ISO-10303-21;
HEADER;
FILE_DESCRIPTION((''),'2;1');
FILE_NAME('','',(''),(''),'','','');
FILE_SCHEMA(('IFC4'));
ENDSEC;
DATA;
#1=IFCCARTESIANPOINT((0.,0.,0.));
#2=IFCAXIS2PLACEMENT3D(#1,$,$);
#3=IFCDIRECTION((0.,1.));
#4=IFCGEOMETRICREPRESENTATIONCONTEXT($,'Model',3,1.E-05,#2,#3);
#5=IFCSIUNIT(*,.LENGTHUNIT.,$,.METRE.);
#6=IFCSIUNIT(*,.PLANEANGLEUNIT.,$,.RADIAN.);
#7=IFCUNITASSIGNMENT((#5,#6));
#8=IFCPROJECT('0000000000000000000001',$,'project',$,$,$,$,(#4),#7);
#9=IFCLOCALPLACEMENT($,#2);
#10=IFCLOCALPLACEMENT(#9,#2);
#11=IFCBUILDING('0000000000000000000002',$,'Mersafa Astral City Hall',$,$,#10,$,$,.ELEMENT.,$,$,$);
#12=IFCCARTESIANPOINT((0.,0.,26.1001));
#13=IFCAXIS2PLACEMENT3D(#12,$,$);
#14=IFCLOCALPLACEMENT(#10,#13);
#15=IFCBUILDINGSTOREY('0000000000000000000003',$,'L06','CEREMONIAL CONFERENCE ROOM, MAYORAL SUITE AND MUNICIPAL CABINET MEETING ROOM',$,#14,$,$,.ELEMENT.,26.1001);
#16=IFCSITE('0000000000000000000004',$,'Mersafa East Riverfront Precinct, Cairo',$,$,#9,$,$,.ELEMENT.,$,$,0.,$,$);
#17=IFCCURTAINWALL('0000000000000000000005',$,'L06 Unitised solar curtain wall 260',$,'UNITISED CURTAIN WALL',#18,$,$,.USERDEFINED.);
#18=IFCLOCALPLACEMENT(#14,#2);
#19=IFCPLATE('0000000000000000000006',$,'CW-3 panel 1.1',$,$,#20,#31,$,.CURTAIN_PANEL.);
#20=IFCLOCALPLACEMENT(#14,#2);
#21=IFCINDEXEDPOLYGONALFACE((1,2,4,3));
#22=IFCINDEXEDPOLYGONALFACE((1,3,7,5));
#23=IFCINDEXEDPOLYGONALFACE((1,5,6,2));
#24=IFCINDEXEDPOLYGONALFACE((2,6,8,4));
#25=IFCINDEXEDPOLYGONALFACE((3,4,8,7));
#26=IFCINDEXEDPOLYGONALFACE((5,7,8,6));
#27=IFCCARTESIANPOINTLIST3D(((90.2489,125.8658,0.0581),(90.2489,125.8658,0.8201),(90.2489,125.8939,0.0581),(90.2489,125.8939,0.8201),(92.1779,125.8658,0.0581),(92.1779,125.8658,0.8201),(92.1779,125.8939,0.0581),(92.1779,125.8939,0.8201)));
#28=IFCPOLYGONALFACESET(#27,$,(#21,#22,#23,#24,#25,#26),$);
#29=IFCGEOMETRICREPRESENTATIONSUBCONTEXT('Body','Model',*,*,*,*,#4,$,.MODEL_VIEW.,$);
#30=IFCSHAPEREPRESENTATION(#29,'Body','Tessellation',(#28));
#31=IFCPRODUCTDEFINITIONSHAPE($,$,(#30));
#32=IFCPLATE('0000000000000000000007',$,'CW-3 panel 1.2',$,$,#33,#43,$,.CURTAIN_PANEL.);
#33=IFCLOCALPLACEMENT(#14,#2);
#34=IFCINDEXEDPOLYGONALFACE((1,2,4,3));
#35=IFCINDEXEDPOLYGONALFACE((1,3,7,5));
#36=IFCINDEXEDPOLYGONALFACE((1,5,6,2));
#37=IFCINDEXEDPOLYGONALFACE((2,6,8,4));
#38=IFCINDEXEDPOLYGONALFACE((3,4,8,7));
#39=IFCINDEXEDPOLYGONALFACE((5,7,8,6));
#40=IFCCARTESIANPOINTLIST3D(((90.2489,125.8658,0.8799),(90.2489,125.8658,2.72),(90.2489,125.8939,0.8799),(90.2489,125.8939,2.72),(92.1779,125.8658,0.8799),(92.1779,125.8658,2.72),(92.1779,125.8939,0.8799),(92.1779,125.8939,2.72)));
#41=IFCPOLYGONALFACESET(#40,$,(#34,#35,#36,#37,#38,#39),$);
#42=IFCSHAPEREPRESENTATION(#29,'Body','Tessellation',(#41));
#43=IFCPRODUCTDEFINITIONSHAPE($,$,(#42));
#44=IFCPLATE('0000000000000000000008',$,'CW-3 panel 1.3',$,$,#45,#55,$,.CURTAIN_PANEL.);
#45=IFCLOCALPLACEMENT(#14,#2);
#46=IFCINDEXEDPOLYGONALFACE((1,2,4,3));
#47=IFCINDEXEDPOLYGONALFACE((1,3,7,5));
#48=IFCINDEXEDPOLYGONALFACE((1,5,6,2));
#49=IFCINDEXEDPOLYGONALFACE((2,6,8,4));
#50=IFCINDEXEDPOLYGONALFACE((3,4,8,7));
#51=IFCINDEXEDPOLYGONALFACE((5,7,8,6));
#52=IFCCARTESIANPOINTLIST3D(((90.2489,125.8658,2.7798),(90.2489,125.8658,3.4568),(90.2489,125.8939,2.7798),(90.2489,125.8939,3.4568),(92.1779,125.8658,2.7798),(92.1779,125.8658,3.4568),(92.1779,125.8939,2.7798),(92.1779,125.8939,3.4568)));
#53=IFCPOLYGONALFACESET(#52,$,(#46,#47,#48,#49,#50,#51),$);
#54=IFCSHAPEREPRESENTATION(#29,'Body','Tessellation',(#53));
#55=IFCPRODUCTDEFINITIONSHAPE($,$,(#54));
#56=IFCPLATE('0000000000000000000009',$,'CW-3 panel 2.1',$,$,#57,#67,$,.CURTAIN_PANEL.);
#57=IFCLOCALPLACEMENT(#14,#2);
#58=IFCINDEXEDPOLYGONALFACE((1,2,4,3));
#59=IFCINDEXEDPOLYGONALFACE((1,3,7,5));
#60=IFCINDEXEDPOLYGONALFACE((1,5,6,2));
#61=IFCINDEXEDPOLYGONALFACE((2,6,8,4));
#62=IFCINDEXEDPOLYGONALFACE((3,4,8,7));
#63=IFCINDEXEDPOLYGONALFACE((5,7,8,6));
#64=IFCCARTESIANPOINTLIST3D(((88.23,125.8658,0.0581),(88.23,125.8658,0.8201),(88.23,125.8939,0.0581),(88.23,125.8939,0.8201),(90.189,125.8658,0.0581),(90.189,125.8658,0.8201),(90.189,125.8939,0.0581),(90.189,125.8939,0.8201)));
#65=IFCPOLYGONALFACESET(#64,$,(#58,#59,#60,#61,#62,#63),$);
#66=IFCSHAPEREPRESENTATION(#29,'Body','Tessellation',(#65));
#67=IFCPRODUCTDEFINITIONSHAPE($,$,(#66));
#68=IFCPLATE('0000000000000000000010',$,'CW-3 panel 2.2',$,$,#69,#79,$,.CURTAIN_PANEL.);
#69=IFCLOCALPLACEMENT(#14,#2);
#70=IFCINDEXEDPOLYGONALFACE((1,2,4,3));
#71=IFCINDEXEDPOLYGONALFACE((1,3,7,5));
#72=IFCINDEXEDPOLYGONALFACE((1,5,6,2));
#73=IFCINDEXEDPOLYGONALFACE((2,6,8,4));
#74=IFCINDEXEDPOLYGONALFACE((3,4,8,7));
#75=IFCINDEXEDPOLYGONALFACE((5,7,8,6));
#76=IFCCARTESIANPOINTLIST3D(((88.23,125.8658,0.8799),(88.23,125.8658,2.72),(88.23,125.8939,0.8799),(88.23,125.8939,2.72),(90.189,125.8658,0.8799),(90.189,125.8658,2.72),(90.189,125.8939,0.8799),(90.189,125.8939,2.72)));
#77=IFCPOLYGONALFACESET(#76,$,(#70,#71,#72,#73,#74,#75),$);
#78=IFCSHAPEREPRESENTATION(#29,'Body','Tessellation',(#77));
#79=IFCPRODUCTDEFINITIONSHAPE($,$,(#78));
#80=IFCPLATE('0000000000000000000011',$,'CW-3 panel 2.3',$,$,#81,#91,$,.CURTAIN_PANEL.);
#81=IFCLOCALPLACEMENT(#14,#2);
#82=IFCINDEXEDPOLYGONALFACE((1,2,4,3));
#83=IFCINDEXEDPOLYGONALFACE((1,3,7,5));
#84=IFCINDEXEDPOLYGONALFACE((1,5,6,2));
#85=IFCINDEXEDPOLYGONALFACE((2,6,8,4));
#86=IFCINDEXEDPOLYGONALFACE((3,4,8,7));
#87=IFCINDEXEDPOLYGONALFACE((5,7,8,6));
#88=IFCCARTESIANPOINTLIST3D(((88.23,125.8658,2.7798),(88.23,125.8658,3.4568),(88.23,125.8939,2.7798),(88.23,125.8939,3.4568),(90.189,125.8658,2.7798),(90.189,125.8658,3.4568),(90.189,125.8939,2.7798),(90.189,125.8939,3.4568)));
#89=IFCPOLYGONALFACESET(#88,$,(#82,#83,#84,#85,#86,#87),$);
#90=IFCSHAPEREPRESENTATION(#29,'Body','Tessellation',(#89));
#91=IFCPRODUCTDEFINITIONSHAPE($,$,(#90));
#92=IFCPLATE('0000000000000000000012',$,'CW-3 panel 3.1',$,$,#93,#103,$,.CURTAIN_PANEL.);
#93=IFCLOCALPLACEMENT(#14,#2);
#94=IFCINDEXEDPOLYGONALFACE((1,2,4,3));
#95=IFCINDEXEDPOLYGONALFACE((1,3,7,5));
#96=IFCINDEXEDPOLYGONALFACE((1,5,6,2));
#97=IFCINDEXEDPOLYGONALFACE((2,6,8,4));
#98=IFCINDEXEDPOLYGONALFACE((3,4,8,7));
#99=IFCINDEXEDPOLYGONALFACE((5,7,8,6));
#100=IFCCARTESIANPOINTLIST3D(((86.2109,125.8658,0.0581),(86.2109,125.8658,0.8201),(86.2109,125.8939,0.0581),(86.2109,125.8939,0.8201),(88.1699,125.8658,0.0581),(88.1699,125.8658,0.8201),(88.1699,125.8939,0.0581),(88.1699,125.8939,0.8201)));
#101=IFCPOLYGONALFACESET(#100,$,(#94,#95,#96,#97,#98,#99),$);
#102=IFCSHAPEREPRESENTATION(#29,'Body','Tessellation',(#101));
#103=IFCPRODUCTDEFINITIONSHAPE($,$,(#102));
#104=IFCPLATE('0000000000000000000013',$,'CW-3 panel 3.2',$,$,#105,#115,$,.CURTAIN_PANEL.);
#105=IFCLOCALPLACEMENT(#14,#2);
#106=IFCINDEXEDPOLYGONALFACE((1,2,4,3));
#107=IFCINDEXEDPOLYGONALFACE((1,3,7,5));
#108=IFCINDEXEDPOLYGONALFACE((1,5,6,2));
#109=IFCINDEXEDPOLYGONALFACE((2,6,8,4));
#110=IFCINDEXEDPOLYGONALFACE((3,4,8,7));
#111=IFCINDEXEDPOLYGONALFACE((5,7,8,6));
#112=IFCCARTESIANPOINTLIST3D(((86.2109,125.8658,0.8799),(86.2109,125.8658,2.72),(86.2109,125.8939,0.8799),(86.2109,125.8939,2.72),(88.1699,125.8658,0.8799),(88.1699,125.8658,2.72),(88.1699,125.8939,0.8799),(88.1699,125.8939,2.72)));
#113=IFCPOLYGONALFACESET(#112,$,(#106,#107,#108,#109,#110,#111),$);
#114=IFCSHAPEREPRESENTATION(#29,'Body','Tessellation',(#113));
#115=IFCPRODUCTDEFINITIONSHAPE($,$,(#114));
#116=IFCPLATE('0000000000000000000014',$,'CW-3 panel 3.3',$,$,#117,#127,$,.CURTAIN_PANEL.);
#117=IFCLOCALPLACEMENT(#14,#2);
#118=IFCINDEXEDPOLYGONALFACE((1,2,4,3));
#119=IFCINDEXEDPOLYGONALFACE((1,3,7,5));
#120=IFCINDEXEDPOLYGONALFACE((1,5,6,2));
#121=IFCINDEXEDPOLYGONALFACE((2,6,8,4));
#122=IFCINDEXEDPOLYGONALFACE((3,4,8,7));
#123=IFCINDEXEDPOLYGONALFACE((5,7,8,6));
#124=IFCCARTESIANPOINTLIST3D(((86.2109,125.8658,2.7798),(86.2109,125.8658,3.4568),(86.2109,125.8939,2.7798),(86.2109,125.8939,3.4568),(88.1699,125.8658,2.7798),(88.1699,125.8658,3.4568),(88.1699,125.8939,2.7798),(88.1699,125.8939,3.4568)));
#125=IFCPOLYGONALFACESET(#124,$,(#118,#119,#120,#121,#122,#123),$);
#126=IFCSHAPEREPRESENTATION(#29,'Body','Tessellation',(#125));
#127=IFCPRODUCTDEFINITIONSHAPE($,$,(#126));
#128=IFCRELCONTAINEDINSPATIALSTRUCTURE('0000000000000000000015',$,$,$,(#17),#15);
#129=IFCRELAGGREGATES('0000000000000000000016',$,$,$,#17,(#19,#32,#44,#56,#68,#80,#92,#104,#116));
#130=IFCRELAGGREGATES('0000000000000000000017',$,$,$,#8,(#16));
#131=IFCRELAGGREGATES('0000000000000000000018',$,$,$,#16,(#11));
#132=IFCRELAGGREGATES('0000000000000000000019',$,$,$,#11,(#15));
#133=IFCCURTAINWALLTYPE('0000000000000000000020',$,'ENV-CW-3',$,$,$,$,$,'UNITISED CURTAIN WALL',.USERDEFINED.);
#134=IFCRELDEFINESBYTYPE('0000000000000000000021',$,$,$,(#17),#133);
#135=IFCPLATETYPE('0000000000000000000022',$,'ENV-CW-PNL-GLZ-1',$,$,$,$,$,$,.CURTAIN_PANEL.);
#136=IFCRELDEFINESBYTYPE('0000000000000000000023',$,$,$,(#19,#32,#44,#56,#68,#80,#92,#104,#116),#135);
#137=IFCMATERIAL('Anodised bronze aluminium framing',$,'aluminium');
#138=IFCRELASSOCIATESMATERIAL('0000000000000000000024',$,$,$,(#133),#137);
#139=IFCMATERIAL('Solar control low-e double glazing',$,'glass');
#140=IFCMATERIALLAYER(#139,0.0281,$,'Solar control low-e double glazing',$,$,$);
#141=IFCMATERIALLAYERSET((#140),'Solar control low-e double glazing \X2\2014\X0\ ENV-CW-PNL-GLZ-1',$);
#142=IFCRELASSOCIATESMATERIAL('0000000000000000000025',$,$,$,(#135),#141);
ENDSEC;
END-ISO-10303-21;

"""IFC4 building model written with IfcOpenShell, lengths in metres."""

from ifc_helpers import new_model, si_unit, direction, frame, origin, origin_2d, place, context, subcontext, project, spatial, rectangle, extrude, material, layer, layer_set, type_object, element, aggregate, save


model = new_model("IFC4")

# Units and contexts
model_context = context("Model", 3, precision=1e-05, world=origin(), true_north=direction((0.0, 1.0)))
body_context = subcontext(model_context, "Body", "Model", "MODEL_VIEW")
ifc_project = project(units=[si_unit("LENGTHUNIT", "METRE"), si_unit("PLANEANGLEUNIT", "RADIAN")], contexts=[model_context])

# Site, building, storey
site_placement = place(None, origin())
site = spatial("IfcSite", under=ifc_project, at=site_placement, Name="Mersafa East Riverfront Precinct, Cairo", CompositionType="ELEMENT", RefElevation=0.0)
building_placement = place(site_placement, origin())
building = spatial("IfcBuilding", under=site, at=building_placement, Name="Mersafa Astral City Hall", CompositionType="ELEMENT")
storey_placement = place(building_placement, frame((0.0, 0.0, 26.1001)))
storey = spatial("IfcBuildingStorey", under=building, at=storey_placement, Name="L06", Description="CEREMONIAL CONFERENCE ROOM, MAYORAL SUITE AND MUNICIPAL CABINET MEETING ROOM", CompositionType="ELEMENT", Elevation=26.1001)

# Curtain wall, plates
ifc_material_1 = material(Name="Anodised bronze aluminium framing", Category="aluminium")
curtain_wall_type = type_object("IfcCurtainWallType", Name="ENV-CW-3", ElementType="UNITISED CURTAIN WALL", PredefinedType="USERDEFINED", material=ifc_material_1)
curtain_wall_placement = place(storey_placement, origin())
curtain_wall = element("IfcCurtainWall", 1, at=curtain_wall_placement, inside=storey, type_object=curtain_wall_type, Name="L06 Unitised solar curtain wall 260", ObjectType="UNITISED CURTAIN WALL", PredefinedType="USERDEFINED")
ifc_material_2 = material(Name="Solar control low-e double glazing", Category="glass")
ifc_layer = layer(ifc_material_2, 0.0281, Name="Solar control low-e double glazing")
ifc_layer_set = layer_set([ifc_layer], Name="Solar control low-e double glazing — ENV-CW-PNL-GLZ-1")
plate_type = type_object("IfcPlateType", Name="ENV-CW-PNL-GLZ-1", PredefinedType="CURTAIN_PANEL", material=ifc_layer_set)
plate_1_placement = place(storey_placement, frame((91.2134, 125.8799, 0.0581), z_axis=(0.0, 0.0, 1.0), x_axis=(-1.0, 0.0, 0.0)))
plate_1 = element("IfcPlate", 2, at=plate_1_placement, type_object=plate_type, Name="CW-3 panel 1.1", PredefinedType="CURTAIN_PANEL", context=body_context, shape_type="SweptSolid", body=[
    extrude(rectangle(XDim=1.929, YDim=0.0281, at=origin_2d()), origin(), (0.0, 0.0, 1.0), 0.762),
])
plate_2_placement = place(storey_placement, frame((91.2134, 125.8799, 0.8799), z_axis=(0.0, 0.0, 1.0), x_axis=(-1.0, 0.0, 0.0)))
plate_2 = element("IfcPlate", 3, at=plate_2_placement, type_object=plate_type, Name="CW-3 panel 1.2", PredefinedType="CURTAIN_PANEL", context=body_context, shape_type="SweptSolid", body=[
    extrude(rectangle(XDim=1.929, YDim=0.0281, at=origin_2d()), origin(), (0.0, 0.0, 1.0), 1.8401),
])
plate_3_placement = place(storey_placement, frame((91.2134, 125.8799, 2.7798), z_axis=(0.0, 0.0, 1.0), x_axis=(-1.0, 0.0, 0.0)))
plate_3 = element("IfcPlate", 4, at=plate_3_placement, type_object=plate_type, Name="CW-3 panel 1.3", PredefinedType="CURTAIN_PANEL", context=body_context, shape_type="SweptSolid", body=[
    extrude(rectangle(XDim=1.929, YDim=0.0281, at=origin_2d()), origin(), (0.0, 0.0, 1.0), 0.677),
])
plate_4_placement = place(storey_placement, frame((89.2095, 125.8799, 0.0581), z_axis=(0.0, 0.0, 1.0), x_axis=(-1.0, 0.0, 0.0)))
plate_4 = element("IfcPlate", 5, at=plate_4_placement, type_object=plate_type, Name="CW-3 panel 2.1", PredefinedType="CURTAIN_PANEL", context=body_context, shape_type="SweptSolid", body=[
    extrude(rectangle(XDim=1.959, YDim=0.0281, at=origin_2d()), origin(), (0.0, 0.0, 1.0), 0.762),
])
plate_5_placement = place(storey_placement, frame((89.2095, 125.8799, 0.8799), z_axis=(0.0, 0.0, 1.0), x_axis=(-1.0, 0.0, 0.0)))
plate_5 = element("IfcPlate", 6, at=plate_5_placement, type_object=plate_type, Name="CW-3 panel 2.2", PredefinedType="CURTAIN_PANEL", context=body_context, shape_type="SweptSolid", body=[
    extrude(rectangle(XDim=1.959, YDim=0.0281, at=origin_2d()), origin(), (0.0, 0.0, 1.0), 1.8401),
])
plate_6_placement = place(storey_placement, frame((89.2095, 125.8799, 2.7798), z_axis=(0.0, 0.0, 1.0), x_axis=(-1.0, 0.0, 0.0)))
plate_6 = element("IfcPlate", 7, at=plate_6_placement, type_object=plate_type, Name="CW-3 panel 2.3", PredefinedType="CURTAIN_PANEL", context=body_context, shape_type="SweptSolid", body=[
    extrude(rectangle(XDim=1.959, YDim=0.0281, at=origin_2d()), origin(), (0.0, 0.0, 1.0), 0.677),
])
plate_7_placement = place(storey_placement, frame((87.1904, 125.8799, 0.0581), z_axis=(0.0, 0.0, 1.0), x_axis=(-1.0, 0.0, 0.0)))
plate_7 = element("IfcPlate", 8, at=plate_7_placement, type_object=plate_type, Name="CW-3 panel 3.1", PredefinedType="CURTAIN_PANEL", context=body_context, shape_type="SweptSolid", body=[
    extrude(rectangle(XDim=1.959, YDim=0.0281, at=origin_2d()), origin(), (0.0, 0.0, 1.0), 0.762),
])
plate_8_placement = place(storey_placement, frame((87.1904, 125.8799, 0.8799), z_axis=(0.0, 0.0, 1.0), x_axis=(-1.0, 0.0, 0.0)))
plate_8 = element("IfcPlate", 9, at=plate_8_placement, type_object=plate_type, Name="CW-3 panel 3.2", PredefinedType="CURTAIN_PANEL", context=body_context, shape_type="SweptSolid", body=[
    extrude(rectangle(XDim=1.959, YDim=0.0281, at=origin_2d()), origin(), (0.0, 0.0, 1.0), 1.8401),
])
plate_9_placement = place(storey_placement, frame((87.1904, 125.8799, 2.7798), z_axis=(0.0, 0.0, 1.0), x_axis=(-1.0, 0.0, 0.0)))
plate_9 = element("IfcPlate", 10, at=plate_9_placement, type_object=plate_type, Name="CW-3 panel 3.3", PredefinedType="CURTAIN_PANEL", context=body_context, shape_type="SweptSolid", body=[
    extrude(rectangle(XDim=1.959, YDim=0.0281, at=origin_2d()), origin(), (0.0, 0.0, 1.0), 0.677),
])
aggregate(curtain_wall, [plate_1, plate_2, plate_3, plate_4, plate_5, plate_6, plate_7, plate_8, plate_9])

save(model, "model.ifc")
